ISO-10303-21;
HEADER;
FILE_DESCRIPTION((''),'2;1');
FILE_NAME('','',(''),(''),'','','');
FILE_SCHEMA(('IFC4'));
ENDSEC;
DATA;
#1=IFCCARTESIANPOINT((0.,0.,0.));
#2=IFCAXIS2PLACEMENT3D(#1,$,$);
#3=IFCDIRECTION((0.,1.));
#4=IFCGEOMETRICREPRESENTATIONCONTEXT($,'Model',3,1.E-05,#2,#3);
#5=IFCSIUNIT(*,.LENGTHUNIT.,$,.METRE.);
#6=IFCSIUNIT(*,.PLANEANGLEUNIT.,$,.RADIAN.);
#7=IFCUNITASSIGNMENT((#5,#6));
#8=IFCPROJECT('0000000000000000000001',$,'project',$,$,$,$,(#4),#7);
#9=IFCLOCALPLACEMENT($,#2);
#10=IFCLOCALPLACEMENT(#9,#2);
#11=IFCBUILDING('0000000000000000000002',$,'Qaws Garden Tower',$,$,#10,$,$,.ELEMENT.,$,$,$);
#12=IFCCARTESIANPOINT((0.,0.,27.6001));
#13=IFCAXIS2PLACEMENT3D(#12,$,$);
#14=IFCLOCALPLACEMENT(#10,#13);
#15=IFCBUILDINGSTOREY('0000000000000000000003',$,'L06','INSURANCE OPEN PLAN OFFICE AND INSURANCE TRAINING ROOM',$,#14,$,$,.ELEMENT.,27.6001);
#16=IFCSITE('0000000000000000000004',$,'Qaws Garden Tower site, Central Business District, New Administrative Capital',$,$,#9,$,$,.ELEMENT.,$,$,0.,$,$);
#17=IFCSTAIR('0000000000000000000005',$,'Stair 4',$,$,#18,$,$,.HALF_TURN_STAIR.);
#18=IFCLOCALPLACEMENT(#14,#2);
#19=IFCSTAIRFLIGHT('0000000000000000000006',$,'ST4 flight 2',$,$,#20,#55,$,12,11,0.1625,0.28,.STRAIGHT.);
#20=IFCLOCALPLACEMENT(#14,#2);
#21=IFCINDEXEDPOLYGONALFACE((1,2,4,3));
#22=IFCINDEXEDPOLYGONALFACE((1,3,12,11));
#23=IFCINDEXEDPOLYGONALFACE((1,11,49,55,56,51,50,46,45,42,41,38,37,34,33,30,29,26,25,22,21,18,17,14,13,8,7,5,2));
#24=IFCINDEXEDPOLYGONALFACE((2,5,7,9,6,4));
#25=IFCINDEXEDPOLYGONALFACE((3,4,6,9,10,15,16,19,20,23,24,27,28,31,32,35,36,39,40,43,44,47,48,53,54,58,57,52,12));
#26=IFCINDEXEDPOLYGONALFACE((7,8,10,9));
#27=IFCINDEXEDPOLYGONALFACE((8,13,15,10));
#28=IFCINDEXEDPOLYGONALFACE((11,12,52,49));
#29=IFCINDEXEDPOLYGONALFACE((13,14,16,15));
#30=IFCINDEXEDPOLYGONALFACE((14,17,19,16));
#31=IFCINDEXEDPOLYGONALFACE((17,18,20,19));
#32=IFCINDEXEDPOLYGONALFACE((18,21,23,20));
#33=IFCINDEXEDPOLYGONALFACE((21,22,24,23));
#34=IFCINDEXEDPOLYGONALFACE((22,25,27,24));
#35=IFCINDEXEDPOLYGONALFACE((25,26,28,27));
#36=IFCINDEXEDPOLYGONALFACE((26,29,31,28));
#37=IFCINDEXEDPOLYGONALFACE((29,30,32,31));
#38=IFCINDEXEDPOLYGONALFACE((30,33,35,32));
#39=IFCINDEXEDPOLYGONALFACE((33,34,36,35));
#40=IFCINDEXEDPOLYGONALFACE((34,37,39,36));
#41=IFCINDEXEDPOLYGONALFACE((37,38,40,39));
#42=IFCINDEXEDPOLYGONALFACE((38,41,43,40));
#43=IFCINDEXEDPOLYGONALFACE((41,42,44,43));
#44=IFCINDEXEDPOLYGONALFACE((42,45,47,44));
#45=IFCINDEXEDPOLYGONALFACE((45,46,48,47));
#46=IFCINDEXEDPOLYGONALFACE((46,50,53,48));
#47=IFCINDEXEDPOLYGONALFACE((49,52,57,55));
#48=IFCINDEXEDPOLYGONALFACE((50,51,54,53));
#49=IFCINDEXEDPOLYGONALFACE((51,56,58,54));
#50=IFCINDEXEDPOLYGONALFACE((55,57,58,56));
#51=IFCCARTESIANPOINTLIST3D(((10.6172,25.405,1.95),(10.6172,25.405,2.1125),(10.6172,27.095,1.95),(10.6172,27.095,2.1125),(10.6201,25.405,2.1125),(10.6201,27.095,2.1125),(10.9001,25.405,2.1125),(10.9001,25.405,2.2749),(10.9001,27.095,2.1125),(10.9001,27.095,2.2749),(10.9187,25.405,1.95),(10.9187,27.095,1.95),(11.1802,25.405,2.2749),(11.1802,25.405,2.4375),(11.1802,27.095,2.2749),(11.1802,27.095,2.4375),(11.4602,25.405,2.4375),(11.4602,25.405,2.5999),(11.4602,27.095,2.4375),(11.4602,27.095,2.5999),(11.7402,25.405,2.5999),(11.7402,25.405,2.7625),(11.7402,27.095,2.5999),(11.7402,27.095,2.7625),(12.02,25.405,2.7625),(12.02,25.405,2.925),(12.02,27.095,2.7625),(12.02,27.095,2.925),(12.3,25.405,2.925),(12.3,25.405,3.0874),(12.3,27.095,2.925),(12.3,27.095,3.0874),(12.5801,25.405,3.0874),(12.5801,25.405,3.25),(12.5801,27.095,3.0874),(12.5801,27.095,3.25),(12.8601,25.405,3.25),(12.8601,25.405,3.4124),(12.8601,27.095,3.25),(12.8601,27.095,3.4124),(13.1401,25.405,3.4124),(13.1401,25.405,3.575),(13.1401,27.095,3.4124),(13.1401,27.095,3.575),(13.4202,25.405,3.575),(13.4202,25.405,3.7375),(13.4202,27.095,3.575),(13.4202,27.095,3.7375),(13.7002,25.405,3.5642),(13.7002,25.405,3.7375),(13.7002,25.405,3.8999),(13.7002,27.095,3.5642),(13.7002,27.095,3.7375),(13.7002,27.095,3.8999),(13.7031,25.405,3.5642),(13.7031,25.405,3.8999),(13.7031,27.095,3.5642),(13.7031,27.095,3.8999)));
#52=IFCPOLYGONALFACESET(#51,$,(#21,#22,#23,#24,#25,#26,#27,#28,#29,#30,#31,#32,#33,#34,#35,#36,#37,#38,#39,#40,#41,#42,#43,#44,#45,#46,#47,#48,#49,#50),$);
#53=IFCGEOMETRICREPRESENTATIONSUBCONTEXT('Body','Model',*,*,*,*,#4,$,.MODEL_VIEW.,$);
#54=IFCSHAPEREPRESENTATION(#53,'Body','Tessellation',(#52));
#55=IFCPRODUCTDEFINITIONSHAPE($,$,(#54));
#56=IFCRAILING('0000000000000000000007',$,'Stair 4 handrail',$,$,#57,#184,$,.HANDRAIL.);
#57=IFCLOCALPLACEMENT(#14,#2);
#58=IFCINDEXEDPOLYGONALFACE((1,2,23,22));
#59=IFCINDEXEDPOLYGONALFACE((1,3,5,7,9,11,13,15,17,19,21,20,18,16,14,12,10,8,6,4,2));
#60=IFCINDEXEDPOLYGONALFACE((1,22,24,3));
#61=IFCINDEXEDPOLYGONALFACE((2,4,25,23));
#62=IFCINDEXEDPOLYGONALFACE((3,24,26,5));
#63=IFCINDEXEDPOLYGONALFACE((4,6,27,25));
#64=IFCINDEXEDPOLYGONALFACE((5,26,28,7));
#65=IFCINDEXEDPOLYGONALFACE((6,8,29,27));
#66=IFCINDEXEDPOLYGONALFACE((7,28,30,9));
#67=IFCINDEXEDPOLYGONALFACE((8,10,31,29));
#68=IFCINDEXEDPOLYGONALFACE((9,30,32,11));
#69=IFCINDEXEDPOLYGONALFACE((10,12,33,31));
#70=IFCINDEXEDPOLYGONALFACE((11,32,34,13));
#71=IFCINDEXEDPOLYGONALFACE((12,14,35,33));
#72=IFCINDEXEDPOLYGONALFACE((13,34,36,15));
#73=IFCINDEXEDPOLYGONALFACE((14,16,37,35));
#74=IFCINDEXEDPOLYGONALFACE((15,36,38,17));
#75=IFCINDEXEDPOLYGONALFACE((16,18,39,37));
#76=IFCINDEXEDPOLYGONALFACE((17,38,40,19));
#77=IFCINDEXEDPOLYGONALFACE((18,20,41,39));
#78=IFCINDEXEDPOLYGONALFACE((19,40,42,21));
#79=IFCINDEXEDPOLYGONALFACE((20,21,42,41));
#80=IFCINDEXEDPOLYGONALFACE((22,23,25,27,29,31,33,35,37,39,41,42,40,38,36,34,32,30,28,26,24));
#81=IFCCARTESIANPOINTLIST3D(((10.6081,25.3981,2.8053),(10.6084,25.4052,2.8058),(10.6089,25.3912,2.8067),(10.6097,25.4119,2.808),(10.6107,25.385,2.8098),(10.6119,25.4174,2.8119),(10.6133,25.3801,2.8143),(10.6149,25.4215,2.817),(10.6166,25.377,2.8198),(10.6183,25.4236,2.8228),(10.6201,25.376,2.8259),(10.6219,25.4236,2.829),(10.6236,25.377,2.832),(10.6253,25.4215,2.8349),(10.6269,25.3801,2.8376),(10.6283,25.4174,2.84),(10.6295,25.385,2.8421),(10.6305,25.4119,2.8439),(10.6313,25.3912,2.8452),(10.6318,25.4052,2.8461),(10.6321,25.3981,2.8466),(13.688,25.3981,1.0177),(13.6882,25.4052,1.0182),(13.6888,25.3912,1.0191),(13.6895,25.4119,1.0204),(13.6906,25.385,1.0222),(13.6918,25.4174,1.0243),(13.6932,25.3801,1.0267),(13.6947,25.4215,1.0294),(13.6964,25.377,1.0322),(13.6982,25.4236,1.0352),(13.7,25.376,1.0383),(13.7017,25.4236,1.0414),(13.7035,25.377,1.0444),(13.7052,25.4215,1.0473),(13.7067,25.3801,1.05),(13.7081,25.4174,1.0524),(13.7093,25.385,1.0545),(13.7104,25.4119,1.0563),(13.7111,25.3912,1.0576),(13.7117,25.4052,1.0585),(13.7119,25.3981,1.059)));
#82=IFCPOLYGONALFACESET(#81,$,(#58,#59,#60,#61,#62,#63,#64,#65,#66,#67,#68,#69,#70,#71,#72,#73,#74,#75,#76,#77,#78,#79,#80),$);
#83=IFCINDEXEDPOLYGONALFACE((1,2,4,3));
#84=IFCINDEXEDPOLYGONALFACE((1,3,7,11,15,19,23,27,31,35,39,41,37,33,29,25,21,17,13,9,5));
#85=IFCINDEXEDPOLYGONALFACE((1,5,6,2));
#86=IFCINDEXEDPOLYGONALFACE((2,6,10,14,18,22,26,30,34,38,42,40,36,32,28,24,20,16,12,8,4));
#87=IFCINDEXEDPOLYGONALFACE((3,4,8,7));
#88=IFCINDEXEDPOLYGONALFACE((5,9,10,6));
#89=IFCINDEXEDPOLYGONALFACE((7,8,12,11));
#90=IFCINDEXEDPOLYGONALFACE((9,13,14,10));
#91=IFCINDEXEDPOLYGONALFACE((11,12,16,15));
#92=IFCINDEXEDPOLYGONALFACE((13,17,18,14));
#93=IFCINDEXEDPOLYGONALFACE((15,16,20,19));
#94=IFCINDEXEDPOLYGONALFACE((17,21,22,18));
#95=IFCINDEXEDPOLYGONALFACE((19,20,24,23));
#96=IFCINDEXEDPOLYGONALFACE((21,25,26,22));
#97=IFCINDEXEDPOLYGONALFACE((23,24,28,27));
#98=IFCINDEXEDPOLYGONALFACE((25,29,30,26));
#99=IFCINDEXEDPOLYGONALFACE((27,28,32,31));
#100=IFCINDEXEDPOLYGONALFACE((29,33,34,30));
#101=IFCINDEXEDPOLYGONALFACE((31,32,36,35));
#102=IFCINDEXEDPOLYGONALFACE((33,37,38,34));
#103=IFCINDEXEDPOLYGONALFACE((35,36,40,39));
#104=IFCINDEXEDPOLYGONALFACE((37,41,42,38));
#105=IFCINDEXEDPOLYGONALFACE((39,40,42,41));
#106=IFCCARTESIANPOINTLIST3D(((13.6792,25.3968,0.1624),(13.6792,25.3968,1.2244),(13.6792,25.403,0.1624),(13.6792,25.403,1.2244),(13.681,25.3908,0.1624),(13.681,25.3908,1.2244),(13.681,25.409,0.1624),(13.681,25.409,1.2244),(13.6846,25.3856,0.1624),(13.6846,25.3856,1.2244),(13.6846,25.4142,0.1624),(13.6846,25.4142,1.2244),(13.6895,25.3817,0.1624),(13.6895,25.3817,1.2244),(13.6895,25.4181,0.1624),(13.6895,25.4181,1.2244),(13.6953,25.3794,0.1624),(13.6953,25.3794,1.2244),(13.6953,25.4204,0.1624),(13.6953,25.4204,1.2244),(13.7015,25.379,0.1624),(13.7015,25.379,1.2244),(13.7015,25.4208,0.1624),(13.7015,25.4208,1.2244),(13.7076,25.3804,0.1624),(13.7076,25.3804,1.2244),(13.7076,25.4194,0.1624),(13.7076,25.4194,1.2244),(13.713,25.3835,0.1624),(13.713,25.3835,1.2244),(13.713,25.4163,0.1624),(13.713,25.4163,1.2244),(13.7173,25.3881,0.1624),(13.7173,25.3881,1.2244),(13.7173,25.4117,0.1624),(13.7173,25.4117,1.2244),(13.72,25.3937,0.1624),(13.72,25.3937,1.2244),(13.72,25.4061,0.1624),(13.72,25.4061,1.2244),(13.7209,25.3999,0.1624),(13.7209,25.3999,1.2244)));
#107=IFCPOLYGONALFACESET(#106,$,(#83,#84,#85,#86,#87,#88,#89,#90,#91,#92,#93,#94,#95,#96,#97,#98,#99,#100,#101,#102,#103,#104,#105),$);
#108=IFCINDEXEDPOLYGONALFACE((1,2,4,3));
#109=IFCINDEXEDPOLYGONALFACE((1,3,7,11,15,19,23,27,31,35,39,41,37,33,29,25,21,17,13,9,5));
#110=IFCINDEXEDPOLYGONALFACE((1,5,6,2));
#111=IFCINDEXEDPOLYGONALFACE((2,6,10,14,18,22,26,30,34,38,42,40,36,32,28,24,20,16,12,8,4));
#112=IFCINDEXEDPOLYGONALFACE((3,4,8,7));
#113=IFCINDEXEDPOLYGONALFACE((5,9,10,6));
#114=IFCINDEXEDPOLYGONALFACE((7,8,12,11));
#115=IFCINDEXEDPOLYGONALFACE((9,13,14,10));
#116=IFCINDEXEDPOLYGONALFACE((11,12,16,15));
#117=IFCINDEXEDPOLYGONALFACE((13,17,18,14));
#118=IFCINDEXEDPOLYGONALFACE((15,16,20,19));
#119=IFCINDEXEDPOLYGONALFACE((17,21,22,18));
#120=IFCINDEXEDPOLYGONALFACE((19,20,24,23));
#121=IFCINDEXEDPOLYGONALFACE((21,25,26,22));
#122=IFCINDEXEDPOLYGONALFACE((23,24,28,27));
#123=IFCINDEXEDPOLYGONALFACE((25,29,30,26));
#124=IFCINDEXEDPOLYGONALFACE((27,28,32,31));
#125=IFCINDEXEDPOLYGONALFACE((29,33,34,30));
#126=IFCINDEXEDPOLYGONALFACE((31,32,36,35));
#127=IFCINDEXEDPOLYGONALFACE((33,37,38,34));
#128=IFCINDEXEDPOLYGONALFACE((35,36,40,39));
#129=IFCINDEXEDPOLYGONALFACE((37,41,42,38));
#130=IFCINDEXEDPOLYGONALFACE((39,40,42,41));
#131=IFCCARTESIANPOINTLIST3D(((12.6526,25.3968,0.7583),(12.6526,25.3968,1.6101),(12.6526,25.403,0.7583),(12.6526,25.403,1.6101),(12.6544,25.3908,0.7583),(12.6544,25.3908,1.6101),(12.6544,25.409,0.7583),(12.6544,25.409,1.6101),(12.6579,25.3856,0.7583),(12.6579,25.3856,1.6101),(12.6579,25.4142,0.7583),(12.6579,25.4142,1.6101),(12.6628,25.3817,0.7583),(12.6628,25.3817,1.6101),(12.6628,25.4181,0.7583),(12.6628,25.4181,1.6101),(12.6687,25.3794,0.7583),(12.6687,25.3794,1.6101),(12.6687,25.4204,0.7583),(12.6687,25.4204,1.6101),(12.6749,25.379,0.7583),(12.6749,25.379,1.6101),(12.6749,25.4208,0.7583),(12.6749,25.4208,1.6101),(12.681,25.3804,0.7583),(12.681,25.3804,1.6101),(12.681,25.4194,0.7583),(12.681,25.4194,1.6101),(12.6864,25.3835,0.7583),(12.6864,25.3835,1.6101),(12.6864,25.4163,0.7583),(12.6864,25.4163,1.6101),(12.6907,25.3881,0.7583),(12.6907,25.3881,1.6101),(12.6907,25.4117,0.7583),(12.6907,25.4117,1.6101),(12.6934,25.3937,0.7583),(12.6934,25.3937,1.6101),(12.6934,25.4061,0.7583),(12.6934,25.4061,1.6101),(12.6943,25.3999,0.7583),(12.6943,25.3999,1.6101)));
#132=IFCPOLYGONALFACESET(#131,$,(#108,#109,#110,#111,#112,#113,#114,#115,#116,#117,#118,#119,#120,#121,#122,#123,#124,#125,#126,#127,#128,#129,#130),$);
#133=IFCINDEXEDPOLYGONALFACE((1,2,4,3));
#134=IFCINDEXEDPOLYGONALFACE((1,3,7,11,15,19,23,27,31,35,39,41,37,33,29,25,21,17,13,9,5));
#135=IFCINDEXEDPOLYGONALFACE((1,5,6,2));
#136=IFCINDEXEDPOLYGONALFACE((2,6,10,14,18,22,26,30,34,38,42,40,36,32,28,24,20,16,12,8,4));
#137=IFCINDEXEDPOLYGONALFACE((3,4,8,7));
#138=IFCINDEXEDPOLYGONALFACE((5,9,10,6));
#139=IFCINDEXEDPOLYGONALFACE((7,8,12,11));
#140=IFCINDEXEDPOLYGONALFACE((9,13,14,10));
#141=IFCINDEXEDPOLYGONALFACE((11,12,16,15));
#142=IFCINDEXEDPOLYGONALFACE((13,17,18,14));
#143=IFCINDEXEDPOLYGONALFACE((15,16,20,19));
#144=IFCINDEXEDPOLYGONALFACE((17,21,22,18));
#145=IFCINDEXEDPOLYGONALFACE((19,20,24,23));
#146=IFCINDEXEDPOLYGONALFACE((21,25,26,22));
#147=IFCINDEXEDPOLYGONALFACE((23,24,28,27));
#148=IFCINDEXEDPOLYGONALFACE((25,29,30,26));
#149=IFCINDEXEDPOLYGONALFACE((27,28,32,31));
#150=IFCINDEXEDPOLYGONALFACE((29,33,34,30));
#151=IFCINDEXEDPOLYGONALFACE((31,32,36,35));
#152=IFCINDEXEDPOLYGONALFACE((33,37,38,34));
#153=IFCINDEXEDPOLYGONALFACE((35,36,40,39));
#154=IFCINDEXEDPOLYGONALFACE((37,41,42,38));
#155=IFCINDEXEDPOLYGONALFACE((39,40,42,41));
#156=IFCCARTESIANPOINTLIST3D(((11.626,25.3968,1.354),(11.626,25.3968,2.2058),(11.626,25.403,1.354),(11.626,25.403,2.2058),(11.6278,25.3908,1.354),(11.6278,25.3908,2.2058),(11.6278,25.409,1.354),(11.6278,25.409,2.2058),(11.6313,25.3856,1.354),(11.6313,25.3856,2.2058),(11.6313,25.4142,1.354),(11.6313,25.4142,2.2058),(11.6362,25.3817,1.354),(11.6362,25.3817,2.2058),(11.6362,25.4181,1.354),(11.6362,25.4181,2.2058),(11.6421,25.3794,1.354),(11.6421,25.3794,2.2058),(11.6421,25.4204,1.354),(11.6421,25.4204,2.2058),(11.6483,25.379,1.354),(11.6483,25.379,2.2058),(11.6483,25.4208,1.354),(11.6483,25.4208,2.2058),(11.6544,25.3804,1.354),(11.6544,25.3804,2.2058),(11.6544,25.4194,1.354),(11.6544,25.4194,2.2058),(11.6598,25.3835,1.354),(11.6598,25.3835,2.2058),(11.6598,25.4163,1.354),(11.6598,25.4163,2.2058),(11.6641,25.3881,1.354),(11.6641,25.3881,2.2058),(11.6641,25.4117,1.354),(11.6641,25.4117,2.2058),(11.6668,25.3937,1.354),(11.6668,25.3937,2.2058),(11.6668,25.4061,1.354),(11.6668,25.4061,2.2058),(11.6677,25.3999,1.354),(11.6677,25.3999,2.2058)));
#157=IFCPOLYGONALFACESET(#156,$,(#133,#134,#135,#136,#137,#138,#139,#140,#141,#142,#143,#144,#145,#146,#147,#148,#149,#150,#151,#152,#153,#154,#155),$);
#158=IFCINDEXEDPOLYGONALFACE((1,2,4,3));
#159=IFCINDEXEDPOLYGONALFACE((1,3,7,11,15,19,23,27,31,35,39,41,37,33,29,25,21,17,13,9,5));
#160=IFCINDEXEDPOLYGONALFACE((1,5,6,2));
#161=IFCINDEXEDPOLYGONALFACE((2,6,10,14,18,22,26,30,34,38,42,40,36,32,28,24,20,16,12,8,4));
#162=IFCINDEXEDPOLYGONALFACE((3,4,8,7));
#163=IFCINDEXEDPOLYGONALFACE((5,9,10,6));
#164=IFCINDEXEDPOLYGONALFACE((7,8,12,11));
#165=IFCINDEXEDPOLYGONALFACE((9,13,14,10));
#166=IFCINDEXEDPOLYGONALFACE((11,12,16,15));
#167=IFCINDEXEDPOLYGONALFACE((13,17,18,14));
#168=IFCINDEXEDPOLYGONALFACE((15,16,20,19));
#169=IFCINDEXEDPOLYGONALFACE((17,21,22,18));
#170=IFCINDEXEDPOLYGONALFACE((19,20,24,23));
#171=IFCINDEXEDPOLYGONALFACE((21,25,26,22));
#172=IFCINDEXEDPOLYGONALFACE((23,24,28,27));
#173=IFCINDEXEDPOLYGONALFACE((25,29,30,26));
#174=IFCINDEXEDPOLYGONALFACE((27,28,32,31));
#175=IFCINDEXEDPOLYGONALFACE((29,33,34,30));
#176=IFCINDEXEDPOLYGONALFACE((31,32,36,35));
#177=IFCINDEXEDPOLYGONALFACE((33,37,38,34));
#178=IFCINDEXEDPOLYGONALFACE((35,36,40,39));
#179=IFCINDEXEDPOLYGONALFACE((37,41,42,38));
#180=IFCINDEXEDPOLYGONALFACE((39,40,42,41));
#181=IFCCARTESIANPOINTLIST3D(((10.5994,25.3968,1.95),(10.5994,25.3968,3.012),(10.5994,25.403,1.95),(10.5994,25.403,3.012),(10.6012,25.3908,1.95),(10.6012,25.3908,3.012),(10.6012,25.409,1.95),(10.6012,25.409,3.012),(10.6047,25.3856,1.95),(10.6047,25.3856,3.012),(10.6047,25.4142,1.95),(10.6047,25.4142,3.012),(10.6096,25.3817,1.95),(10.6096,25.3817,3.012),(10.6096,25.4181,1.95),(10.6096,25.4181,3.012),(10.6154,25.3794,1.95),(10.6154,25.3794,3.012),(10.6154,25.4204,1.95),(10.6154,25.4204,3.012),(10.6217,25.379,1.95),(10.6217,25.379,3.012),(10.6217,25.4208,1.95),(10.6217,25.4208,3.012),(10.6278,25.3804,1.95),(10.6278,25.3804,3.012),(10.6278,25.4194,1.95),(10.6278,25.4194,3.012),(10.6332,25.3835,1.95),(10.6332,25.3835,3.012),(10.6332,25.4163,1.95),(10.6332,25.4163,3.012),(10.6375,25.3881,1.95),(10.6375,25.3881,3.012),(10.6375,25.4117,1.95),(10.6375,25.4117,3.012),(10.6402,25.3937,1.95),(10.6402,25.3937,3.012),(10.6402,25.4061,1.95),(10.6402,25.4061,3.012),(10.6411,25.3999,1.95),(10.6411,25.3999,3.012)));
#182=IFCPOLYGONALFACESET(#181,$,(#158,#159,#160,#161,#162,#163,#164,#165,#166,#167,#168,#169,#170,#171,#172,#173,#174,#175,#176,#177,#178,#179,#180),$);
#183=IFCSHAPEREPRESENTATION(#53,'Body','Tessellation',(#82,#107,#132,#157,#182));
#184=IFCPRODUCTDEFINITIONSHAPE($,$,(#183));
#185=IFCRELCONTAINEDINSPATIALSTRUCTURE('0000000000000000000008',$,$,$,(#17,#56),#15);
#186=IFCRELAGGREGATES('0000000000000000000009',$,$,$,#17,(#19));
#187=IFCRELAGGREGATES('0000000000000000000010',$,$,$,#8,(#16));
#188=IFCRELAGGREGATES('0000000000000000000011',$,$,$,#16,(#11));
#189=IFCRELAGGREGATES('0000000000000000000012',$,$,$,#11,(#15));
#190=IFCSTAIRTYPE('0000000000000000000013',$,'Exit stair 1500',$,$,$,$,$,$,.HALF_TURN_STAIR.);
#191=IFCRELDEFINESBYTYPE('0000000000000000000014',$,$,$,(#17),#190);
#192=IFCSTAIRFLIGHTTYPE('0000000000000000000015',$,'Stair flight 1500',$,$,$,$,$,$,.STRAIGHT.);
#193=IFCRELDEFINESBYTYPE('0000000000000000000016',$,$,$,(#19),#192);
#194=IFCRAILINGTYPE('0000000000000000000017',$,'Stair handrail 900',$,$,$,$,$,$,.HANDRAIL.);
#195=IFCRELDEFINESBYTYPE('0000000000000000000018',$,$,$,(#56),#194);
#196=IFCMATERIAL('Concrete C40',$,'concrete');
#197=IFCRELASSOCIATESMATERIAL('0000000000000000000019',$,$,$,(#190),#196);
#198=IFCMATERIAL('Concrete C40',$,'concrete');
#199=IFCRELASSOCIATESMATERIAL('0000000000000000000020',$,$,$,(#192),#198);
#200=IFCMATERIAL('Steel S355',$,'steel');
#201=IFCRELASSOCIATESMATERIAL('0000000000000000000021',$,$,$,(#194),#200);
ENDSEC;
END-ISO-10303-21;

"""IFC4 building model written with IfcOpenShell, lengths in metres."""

from ifc_helpers import new_model, si_unit, direction, frame, origin, origin_2d, place, context, subcontext, project, spatial, polyline, circle, outline, extrude, material, type_object, element, aggregate, save


model = new_model("IFC4")

# Units and contexts
model_context = context("Model", 3, precision=1e-05, world=origin(), true_north=direction((0.0, 1.0)))
body_context = subcontext(model_context, "Body", "Model", "MODEL_VIEW")
ifc_project = project(units=[si_unit("LENGTHUNIT", "METRE"), si_unit("PLANEANGLEUNIT", "RADIAN")], contexts=[model_context])

# Site, building, storey
site_placement = place(None, origin())
site = spatial("IfcSite", under=ifc_project, at=site_placement, Name="Qaws Garden Tower site, Central Business District, New Administrative Capital", CompositionType="ELEMENT", RefElevation=0.0)
building_placement = place(site_placement, origin())
building = spatial("IfcBuilding", under=site, at=building_placement, Name="Qaws Garden Tower", CompositionType="ELEMENT")
storey_placement = place(building_placement, frame((0.0, 0.0, 27.6001)))
storey = spatial("IfcBuildingStorey", under=building, at=storey_placement, Name="L06", Description="INSURANCE OPEN PLAN OFFICE AND INSURANCE TRAINING ROOM", CompositionType="ELEMENT", Elevation=27.6001)

# Stair, stair flight
ifc_material_1 = material(Name="Concrete C40", Category="concrete")
stair_type = type_object("IfcStairType", Name="Exit stair 1500", PredefinedType="HALF_TURN_STAIR", material=ifc_material_1)
stair_placement = place(storey_placement, origin())
stair = element("IfcStair", 1, at=stair_placement, inside=storey, type_object=stair_type, Name="Stair 4", PredefinedType="HALF_TURN_STAIR")
ifc_material_2 = material(Name="Concrete C40", Category="concrete")
stair_flight_type = type_object("IfcStairFlightType", Name="Stair flight 1500", PredefinedType="STRAIGHT", material=ifc_material_2)
stair_flight_1_placement = place(storey_placement, frame((10.6201, 26.25, 1.95), z_axis=(0.0, 0.0, 1.0), x_axis=(1.0, 0.0, 0.0)))
stair_flight_1 = element("IfcStairFlight", 2, at=stair_flight_1_placement, type_object=stair_flight_type, Name="ST4 flight 2", NumberOfRisers=12, NumberOfTreads=11, PredefinedType="STRAIGHT", RiserHeight=0.1625, TreadLength=0.28, context=body_context, shape_type="SweptSolid", body=[
    extrude(outline(polyline([(-0.0029, 0.0), (-0.0029, 0.1626), (0.0, 0.1626), (0.28, 0.1626), (0.28, 0.325), (0.5601, 0.325), (0.5601, 0.4875), (0.8401, 0.4875), (0.8401, 0.6499), (1.1201, 0.6499), (1.1201, 0.8125), (1.3999, 0.8125), (1.3999, 0.9751), (1.6799, 0.9751), (1.6799, 1.1375), (1.96, 1.1375), (1.96, 1.3), (2.24, 1.3), (2.24, 1.4624), (2.52, 1.4624), (2.52, 1.625), (2.8, 1.625), (2.8, 1.7876), (3.0801, 1.7876), (3.0801, 1.95), (3.083, 1.95), (3.083, 1.6143), (3.0801, 1.6143), (0.2986, 0.0), (-0.0029, 0.0)])), frame((0.0, 0.845, 0.0), z_axis=(0.0, -1.0, 0.0), x_axis=(1.0, 0.0, 0.0)), (0.0, 0.0, 1.0), 1.6899),
])
aggregate(stair, [stair_flight_1])

# Railing
ifc_material_3 = material(Name="Steel S355", Category="steel")
railing_type = type_object("IfcRailingType", Name="Stair handrail 900", PredefinedType="HANDRAIL", material=ifc_material_3)
railing_1_placement = place(storey_placement, frame((13.7, 25.3999, 0.1624)))
element("IfcRailing", 3, at=railing_1_placement, inside=storey, type_object=railing_type, Name="Stair 4 handrail", PredefinedType="HANDRAIL", context=body_context, shape_type="SweptSolid", body=[
    extrude(circle(Radius=0.0239, at=origin_2d()), frame((0.0, 0.0, 0.876), z_axis=(-0.864873, 0.0, 0.50199), x_axis=(0.0, -1.0, 0.0)), (0.0, 0.0, 1.0), 3.561),
    extrude(circle(Radius=0.021, at=origin_2d()), origin(), (0.0, 0.0, 1.0), 1.062),
    extrude(circle(Radius=0.021, at=origin_2d()), frame((-1.0266, 0.0, 0.5959)), (0.0, 0.0, 1.0), 0.8518),
    extrude(circle(Radius=0.021, at=origin_2d()), frame((-2.0532, 0.0, 1.1917)), (0.0, 0.0, 1.0), 0.8518),
    extrude(circle(Radius=0.021, at=origin_2d()), frame((-3.0798, 0.0, 1.7876)), (0.0, 0.0, 1.0), 1.062),
])

save(model, "model.ifc")
